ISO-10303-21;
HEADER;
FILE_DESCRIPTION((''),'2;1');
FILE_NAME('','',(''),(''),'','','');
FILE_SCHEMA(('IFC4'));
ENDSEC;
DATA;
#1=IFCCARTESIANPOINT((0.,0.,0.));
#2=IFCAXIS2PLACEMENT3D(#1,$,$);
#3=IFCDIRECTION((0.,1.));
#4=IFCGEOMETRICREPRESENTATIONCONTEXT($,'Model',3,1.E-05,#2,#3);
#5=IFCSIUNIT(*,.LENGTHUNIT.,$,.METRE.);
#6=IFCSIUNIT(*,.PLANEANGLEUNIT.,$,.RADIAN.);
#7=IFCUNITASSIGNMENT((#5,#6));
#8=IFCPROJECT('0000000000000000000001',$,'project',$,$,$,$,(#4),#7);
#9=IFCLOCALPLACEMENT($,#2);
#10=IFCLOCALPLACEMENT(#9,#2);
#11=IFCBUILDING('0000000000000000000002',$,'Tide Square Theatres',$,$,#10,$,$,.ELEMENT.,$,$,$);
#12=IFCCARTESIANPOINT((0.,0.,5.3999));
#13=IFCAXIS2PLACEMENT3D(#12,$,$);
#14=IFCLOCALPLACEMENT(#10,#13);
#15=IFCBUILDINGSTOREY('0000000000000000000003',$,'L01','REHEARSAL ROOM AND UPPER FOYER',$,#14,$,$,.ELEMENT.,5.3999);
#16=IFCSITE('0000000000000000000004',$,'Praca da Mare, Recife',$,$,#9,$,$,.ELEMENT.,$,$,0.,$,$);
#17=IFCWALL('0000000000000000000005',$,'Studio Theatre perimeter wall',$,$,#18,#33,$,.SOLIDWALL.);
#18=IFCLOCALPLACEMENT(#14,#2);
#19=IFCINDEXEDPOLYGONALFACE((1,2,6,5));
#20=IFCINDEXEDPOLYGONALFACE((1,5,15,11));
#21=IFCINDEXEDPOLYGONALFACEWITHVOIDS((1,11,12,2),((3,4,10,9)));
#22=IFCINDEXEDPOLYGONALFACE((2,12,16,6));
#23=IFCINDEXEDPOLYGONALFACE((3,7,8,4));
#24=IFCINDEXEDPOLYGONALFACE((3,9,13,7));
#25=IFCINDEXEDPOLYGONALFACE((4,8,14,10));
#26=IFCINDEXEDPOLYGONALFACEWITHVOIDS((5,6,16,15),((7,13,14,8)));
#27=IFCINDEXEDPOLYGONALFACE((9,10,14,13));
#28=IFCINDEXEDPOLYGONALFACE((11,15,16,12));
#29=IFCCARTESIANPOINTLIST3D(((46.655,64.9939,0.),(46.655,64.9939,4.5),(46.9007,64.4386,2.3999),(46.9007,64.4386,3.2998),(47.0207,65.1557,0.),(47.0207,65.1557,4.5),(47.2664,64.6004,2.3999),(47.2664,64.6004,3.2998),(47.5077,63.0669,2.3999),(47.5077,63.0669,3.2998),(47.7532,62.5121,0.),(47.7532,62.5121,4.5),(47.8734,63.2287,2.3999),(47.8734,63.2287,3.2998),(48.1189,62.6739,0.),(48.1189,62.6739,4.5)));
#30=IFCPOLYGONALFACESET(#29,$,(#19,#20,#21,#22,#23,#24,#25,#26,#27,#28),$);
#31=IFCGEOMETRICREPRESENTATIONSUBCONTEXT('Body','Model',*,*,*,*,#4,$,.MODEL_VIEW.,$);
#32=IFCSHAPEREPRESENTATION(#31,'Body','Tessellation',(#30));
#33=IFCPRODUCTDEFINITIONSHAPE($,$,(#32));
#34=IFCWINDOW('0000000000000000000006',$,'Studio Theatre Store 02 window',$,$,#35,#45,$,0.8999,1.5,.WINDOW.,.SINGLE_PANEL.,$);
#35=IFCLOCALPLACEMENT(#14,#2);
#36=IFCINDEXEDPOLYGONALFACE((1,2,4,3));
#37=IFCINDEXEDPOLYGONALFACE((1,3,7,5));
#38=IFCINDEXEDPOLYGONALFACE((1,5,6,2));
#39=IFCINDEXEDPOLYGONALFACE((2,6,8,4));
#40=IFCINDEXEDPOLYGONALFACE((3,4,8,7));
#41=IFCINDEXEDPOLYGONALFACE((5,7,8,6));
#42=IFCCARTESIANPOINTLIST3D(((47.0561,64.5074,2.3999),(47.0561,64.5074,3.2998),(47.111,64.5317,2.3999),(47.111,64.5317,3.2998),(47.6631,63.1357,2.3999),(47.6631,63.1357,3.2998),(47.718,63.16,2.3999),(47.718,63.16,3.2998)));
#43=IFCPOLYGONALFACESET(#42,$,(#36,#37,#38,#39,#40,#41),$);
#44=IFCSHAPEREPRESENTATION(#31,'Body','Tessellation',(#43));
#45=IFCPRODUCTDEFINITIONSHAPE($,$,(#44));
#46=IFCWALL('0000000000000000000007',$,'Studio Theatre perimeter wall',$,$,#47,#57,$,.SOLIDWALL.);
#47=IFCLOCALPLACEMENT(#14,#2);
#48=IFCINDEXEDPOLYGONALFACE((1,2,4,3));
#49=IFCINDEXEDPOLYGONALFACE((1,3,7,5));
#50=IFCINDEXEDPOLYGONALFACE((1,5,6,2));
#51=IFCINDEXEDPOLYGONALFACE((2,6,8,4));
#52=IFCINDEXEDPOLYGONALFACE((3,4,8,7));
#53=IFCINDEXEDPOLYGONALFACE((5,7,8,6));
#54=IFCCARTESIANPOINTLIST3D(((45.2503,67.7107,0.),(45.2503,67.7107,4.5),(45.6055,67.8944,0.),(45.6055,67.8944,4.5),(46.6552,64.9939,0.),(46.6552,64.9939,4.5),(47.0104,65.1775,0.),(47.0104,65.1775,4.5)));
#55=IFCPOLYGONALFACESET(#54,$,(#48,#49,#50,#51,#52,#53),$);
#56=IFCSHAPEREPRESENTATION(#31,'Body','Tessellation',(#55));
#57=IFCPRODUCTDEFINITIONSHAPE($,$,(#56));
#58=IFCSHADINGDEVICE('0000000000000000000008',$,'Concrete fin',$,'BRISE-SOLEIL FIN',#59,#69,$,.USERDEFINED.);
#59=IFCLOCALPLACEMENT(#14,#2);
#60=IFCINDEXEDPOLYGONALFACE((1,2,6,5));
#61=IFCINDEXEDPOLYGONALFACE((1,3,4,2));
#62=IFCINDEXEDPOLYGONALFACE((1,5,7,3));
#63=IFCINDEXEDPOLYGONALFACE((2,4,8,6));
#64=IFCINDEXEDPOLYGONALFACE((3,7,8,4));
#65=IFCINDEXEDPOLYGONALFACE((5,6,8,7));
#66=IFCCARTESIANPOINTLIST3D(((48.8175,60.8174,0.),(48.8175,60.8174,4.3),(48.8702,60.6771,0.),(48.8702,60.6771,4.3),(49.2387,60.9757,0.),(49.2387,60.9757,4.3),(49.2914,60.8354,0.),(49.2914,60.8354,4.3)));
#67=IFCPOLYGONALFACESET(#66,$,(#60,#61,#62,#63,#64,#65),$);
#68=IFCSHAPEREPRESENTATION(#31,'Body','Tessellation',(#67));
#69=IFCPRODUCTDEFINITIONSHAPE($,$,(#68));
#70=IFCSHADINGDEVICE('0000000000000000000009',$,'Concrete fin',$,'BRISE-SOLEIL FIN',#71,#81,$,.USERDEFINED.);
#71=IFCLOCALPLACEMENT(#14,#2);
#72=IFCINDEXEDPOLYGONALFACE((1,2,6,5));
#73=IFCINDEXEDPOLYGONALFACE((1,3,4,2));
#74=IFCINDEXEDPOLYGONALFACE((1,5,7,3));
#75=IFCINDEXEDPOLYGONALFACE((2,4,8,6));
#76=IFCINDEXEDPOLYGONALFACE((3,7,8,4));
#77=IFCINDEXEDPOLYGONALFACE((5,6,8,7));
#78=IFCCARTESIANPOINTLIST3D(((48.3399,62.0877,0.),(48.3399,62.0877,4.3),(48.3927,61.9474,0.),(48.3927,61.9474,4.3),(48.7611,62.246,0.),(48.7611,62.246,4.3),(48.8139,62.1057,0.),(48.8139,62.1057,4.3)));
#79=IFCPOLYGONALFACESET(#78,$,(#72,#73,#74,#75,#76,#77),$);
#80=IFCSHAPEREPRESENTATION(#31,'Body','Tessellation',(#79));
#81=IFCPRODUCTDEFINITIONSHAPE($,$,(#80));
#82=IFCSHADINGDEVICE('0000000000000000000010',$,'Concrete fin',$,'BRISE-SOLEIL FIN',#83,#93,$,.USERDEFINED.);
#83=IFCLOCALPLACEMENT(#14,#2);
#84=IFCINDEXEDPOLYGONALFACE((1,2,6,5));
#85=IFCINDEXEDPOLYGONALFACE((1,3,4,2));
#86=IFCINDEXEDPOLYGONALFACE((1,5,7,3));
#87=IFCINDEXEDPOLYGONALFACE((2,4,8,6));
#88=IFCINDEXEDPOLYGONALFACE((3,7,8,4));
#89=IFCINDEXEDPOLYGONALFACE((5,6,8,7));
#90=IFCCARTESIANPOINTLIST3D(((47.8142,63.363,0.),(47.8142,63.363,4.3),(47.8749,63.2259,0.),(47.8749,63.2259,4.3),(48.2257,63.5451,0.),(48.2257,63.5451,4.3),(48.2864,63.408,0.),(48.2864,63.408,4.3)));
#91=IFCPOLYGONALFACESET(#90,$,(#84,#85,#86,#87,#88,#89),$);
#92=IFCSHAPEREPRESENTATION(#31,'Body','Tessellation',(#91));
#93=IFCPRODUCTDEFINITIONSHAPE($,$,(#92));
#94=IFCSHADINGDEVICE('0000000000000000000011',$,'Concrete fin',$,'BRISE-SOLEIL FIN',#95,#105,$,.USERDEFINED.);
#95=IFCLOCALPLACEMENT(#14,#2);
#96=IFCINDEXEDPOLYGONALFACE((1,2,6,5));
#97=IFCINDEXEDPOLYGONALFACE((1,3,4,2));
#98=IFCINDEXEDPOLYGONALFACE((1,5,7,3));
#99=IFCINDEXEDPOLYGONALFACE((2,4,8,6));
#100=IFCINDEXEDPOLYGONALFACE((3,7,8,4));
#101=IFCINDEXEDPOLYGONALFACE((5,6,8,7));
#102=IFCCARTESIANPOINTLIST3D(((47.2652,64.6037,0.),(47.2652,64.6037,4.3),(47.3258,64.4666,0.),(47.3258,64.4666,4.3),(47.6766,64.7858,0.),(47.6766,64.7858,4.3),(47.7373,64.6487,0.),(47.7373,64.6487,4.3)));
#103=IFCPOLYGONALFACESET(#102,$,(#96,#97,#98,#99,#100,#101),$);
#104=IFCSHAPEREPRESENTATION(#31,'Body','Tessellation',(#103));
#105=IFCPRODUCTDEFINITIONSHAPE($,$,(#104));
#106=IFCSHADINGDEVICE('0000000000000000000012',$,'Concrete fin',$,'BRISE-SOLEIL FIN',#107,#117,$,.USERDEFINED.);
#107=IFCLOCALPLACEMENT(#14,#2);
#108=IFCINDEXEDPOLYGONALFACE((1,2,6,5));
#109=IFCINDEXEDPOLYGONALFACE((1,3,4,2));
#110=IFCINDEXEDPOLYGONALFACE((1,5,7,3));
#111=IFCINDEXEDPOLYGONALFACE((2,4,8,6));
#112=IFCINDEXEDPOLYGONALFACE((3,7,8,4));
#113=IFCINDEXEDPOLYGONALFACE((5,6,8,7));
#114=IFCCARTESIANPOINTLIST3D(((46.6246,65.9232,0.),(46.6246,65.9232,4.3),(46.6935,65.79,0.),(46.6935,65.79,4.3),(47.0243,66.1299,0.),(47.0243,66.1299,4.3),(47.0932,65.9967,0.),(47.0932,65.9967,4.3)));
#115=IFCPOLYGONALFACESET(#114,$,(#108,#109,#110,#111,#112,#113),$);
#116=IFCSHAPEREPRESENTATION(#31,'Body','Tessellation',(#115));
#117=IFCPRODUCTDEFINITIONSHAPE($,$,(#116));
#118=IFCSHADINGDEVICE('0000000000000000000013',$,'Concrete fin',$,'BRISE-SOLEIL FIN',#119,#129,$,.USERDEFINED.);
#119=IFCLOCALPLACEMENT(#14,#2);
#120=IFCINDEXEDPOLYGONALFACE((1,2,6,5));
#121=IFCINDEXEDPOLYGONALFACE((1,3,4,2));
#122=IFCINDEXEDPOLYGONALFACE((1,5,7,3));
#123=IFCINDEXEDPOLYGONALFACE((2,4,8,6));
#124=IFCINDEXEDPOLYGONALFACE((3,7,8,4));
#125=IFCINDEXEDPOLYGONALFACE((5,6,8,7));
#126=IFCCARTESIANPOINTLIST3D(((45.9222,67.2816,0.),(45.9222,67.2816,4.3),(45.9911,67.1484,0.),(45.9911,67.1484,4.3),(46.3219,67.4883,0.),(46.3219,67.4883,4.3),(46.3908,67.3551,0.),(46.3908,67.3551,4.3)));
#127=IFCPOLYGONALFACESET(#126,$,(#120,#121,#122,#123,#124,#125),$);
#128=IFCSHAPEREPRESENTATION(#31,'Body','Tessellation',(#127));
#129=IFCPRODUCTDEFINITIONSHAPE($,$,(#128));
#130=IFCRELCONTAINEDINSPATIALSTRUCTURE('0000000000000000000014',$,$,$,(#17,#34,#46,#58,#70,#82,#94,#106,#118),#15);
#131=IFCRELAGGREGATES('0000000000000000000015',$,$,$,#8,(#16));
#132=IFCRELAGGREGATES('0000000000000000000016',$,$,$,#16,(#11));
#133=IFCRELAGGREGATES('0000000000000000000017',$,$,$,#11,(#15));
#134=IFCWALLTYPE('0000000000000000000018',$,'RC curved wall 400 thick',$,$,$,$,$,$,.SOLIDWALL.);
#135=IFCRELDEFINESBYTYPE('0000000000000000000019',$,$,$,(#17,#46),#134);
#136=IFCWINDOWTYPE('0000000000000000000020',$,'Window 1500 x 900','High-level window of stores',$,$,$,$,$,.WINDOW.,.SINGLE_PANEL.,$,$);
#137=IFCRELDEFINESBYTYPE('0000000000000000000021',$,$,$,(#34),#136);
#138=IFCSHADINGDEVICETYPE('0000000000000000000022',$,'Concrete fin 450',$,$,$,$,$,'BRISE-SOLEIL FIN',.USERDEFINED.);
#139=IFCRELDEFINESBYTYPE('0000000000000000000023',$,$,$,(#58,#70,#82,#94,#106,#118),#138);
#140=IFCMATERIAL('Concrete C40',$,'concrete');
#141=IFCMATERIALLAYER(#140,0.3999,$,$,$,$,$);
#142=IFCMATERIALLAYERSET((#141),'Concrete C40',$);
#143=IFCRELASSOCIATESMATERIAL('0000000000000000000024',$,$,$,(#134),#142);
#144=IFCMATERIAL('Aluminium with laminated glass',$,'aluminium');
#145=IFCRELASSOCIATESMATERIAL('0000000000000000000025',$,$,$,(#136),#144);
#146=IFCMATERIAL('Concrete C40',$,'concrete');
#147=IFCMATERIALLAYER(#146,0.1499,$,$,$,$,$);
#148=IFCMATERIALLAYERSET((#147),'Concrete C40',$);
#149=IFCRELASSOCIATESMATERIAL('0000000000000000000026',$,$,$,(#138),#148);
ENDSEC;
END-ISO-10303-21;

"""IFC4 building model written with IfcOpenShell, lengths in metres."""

from ifc_helpers import new_model, si_unit, direction, frame, frame_2d, origin, origin_2d, place, context, subcontext, project, spatial, rectangle, extrude, material, layer, layer_set, type_object, element, fill, save


model = new_model("IFC4")

# Units and contexts
model_context = context("Model", 3, precision=1e-05, world=origin(), true_north=direction((0.0, 1.0)))
body_context = subcontext(model_context, "Body", "Model", "MODEL_VIEW")
ifc_project = project(units=[si_unit("LENGTHUNIT", "METRE"), si_unit("PLANEANGLEUNIT", "RADIAN")], contexts=[model_context])

# Site, building, storey
site_placement = place(None, origin())
site = spatial("IfcSite", under=ifc_project, at=site_placement, Name="Praca da Mare, Recife", CompositionType="ELEMENT", RefElevation=0.0)
building_placement = place(site_placement, origin())
building = spatial("IfcBuilding", under=site, at=building_placement, Name="Tide Square Theatres", CompositionType="ELEMENT")
storey_placement = place(building_placement, frame((0.0, 0.0, 5.3999)))
storey = spatial("IfcBuildingStorey", under=building, at=storey_placement, Name="L01", Description="REHEARSAL ROOM AND UPPER FOYER", CompositionType="ELEMENT", Elevation=5.3999)

# Wall, opening, window
ifc_material_1 = material(Name="Concrete C40", Category="concrete")
ifc_layer_1 = layer(ifc_material_1, 0.3999)
ifc_layer_set_1 = layer_set([ifc_layer_1], Name="Concrete C40")
wall_type_1 = type_object("IfcWallType", Name="RC curved wall 400 thick", PredefinedType="SOLIDWALL", material=ifc_layer_set_1)
wall_1_placement = place(storey_placement, frame((47.936, 62.593, 0.0), z_axis=(0.0, 0.0, 1.0), x_axis=(-0.404652, 0.914471, 0.0)))
wall_1 = element("IfcWall", 1, at=wall_1_placement, inside=storey, type_object=wall_type_1, Name="Studio Theatre perimeter wall", PredefinedType="SOLIDWALL", context=body_context, shape_type="SweptSolid", body=[
    extrude(rectangle(XDim=2.7139, YDim=0.3999, at=frame_2d((1.3569, 0.0))), origin(), (0.0, 0.0, 1.0), 4.5),
])
opening_1_placement = place(wall_1_placement, frame((0.6067, 0.0, 2.3999)))
opening_1 = element("IfcOpeningElement", 2, at=opening_1_placement, cuts=wall_1, PredefinedType="OPENING", context=body_context, shape_type="SweptSolid", body=[
    extrude(rectangle(XDim=1.5, YDim=0.8999, at=frame_2d((0.75, 0.45))), frame((0.0, 0.21, 0.0), z_axis=(0.0, -1.0, 0.0), x_axis=(1.0, 0.0, 0.0)), (0.0, 0.0, 1.0), 0.4199),
])
ifc_material_2 = material(Name="Aluminium with laminated glass", Category="aluminium")
window_type_1 = type_object("IfcWindowType", Name="Window 1500 x 900", Description="High-level window of stores", PartitioningType="SINGLE_PANEL", PredefinedType="WINDOW", material=ifc_material_2)
window_1_placement = place(opening_1_placement, origin())
window_1 = element("IfcWindow", 3, at=window_1_placement, inside=storey, type_object=window_type_1, Name="Studio Theatre Store 02 window", OverallHeight=0.8999, OverallWidth=1.5, PartitioningType="SINGLE_PANEL", PredefinedType="WINDOW", context=body_context, shape_type="SweptSolid", body=[
    extrude(rectangle(XDim=1.5, YDim=0.8999, at=frame_2d((0.75, 0.45))), frame((0.0, 0.03, 0.0), z_axis=(0.0, -1.0, 0.0), x_axis=(1.0, 0.0, 0.0)), (0.0, 0.0, 1.0), 0.0601),
])
fill(opening_1, window_1)

# Wall
wall_2_placement = place(storey_placement, frame((46.8328, 65.0857, 0.0), z_axis=(0.0, 0.0, 1.0), x_axis=(-0.459306, 0.888278, 0.0)))
element("IfcWall", 4, at=wall_2_placement, inside=storey, type_object=wall_type_1, Name="Studio Theatre perimeter wall", PredefinedType="SOLIDWALL", context=body_context, shape_type="SweptSolid", body=[
    extrude(rectangle(XDim=3.0586, YDim=0.3999, at=frame_2d((1.5293, 0.0))), origin(), (0.0, 0.0, 1.0), 4.5),
])

# Shading devices
ifc_material_3 = material(Name="Concrete C40", Category="concrete")
ifc_layer_2 = layer(ifc_material_3, 0.1499)
ifc_layer_set_2 = layer_set([ifc_layer_2], Name="Concrete C40")
shading_device_type = type_object("IfcShadingDeviceType", Name="Concrete fin 450", ElementType="BRISE-SOLEIL FIN", PredefinedType="USERDEFINED", material=ifc_layer_set_2)
for number, where, z_axis, x_axis, name in (
    (5, (49.0544, 60.8264, 0.0), (0.0, 0.0, 1.0), (-0.351874, 0.936047, 0.0), "Concrete fin"),
    (6, (48.5769, 62.0967, 0.0), (0.0, 0.0, 1.0), (-0.351874, 0.936047, 0.0), "Concrete fin"),
    (7, (48.0503, 63.3855, 0.0), (0.0, 0.0, 1.0), (-0.404631, 0.91448, 0.0), "Concrete fin"),
    (8, (47.5012, 64.6262, 0.0), (0.0, 0.0, 1.0), (-0.404631, 0.91448, 0.0), "Concrete fin"),
    (9, (46.8589, 65.96, 0.0), (0.0, 0.0, 1.0), (-0.459316, 0.888273, 0.0), "Concrete fin"),
    (10, (46.1565, 67.3184, 0.0), (0.0, 0.0, 1.0), (-0.459316, 0.888273, 0.0), "Concrete fin"),
):
    element("IfcShadingDevice", number, at=place(storey_placement, frame(where, z_axis=z_axis, x_axis=x_axis)), inside=storey, type_object=shading_device_type, Name=name, ObjectType="BRISE-SOLEIL FIN", PredefinedType="USERDEFINED", context=body_context, shape_type="SweptSolid", body=[
        extrude(rectangle(XDim=0.1499, YDim=0.45, at=origin_2d()), origin(), (0.0, 0.0, 1.0), 4.3),
    ])

save(model, "model.ifc")
